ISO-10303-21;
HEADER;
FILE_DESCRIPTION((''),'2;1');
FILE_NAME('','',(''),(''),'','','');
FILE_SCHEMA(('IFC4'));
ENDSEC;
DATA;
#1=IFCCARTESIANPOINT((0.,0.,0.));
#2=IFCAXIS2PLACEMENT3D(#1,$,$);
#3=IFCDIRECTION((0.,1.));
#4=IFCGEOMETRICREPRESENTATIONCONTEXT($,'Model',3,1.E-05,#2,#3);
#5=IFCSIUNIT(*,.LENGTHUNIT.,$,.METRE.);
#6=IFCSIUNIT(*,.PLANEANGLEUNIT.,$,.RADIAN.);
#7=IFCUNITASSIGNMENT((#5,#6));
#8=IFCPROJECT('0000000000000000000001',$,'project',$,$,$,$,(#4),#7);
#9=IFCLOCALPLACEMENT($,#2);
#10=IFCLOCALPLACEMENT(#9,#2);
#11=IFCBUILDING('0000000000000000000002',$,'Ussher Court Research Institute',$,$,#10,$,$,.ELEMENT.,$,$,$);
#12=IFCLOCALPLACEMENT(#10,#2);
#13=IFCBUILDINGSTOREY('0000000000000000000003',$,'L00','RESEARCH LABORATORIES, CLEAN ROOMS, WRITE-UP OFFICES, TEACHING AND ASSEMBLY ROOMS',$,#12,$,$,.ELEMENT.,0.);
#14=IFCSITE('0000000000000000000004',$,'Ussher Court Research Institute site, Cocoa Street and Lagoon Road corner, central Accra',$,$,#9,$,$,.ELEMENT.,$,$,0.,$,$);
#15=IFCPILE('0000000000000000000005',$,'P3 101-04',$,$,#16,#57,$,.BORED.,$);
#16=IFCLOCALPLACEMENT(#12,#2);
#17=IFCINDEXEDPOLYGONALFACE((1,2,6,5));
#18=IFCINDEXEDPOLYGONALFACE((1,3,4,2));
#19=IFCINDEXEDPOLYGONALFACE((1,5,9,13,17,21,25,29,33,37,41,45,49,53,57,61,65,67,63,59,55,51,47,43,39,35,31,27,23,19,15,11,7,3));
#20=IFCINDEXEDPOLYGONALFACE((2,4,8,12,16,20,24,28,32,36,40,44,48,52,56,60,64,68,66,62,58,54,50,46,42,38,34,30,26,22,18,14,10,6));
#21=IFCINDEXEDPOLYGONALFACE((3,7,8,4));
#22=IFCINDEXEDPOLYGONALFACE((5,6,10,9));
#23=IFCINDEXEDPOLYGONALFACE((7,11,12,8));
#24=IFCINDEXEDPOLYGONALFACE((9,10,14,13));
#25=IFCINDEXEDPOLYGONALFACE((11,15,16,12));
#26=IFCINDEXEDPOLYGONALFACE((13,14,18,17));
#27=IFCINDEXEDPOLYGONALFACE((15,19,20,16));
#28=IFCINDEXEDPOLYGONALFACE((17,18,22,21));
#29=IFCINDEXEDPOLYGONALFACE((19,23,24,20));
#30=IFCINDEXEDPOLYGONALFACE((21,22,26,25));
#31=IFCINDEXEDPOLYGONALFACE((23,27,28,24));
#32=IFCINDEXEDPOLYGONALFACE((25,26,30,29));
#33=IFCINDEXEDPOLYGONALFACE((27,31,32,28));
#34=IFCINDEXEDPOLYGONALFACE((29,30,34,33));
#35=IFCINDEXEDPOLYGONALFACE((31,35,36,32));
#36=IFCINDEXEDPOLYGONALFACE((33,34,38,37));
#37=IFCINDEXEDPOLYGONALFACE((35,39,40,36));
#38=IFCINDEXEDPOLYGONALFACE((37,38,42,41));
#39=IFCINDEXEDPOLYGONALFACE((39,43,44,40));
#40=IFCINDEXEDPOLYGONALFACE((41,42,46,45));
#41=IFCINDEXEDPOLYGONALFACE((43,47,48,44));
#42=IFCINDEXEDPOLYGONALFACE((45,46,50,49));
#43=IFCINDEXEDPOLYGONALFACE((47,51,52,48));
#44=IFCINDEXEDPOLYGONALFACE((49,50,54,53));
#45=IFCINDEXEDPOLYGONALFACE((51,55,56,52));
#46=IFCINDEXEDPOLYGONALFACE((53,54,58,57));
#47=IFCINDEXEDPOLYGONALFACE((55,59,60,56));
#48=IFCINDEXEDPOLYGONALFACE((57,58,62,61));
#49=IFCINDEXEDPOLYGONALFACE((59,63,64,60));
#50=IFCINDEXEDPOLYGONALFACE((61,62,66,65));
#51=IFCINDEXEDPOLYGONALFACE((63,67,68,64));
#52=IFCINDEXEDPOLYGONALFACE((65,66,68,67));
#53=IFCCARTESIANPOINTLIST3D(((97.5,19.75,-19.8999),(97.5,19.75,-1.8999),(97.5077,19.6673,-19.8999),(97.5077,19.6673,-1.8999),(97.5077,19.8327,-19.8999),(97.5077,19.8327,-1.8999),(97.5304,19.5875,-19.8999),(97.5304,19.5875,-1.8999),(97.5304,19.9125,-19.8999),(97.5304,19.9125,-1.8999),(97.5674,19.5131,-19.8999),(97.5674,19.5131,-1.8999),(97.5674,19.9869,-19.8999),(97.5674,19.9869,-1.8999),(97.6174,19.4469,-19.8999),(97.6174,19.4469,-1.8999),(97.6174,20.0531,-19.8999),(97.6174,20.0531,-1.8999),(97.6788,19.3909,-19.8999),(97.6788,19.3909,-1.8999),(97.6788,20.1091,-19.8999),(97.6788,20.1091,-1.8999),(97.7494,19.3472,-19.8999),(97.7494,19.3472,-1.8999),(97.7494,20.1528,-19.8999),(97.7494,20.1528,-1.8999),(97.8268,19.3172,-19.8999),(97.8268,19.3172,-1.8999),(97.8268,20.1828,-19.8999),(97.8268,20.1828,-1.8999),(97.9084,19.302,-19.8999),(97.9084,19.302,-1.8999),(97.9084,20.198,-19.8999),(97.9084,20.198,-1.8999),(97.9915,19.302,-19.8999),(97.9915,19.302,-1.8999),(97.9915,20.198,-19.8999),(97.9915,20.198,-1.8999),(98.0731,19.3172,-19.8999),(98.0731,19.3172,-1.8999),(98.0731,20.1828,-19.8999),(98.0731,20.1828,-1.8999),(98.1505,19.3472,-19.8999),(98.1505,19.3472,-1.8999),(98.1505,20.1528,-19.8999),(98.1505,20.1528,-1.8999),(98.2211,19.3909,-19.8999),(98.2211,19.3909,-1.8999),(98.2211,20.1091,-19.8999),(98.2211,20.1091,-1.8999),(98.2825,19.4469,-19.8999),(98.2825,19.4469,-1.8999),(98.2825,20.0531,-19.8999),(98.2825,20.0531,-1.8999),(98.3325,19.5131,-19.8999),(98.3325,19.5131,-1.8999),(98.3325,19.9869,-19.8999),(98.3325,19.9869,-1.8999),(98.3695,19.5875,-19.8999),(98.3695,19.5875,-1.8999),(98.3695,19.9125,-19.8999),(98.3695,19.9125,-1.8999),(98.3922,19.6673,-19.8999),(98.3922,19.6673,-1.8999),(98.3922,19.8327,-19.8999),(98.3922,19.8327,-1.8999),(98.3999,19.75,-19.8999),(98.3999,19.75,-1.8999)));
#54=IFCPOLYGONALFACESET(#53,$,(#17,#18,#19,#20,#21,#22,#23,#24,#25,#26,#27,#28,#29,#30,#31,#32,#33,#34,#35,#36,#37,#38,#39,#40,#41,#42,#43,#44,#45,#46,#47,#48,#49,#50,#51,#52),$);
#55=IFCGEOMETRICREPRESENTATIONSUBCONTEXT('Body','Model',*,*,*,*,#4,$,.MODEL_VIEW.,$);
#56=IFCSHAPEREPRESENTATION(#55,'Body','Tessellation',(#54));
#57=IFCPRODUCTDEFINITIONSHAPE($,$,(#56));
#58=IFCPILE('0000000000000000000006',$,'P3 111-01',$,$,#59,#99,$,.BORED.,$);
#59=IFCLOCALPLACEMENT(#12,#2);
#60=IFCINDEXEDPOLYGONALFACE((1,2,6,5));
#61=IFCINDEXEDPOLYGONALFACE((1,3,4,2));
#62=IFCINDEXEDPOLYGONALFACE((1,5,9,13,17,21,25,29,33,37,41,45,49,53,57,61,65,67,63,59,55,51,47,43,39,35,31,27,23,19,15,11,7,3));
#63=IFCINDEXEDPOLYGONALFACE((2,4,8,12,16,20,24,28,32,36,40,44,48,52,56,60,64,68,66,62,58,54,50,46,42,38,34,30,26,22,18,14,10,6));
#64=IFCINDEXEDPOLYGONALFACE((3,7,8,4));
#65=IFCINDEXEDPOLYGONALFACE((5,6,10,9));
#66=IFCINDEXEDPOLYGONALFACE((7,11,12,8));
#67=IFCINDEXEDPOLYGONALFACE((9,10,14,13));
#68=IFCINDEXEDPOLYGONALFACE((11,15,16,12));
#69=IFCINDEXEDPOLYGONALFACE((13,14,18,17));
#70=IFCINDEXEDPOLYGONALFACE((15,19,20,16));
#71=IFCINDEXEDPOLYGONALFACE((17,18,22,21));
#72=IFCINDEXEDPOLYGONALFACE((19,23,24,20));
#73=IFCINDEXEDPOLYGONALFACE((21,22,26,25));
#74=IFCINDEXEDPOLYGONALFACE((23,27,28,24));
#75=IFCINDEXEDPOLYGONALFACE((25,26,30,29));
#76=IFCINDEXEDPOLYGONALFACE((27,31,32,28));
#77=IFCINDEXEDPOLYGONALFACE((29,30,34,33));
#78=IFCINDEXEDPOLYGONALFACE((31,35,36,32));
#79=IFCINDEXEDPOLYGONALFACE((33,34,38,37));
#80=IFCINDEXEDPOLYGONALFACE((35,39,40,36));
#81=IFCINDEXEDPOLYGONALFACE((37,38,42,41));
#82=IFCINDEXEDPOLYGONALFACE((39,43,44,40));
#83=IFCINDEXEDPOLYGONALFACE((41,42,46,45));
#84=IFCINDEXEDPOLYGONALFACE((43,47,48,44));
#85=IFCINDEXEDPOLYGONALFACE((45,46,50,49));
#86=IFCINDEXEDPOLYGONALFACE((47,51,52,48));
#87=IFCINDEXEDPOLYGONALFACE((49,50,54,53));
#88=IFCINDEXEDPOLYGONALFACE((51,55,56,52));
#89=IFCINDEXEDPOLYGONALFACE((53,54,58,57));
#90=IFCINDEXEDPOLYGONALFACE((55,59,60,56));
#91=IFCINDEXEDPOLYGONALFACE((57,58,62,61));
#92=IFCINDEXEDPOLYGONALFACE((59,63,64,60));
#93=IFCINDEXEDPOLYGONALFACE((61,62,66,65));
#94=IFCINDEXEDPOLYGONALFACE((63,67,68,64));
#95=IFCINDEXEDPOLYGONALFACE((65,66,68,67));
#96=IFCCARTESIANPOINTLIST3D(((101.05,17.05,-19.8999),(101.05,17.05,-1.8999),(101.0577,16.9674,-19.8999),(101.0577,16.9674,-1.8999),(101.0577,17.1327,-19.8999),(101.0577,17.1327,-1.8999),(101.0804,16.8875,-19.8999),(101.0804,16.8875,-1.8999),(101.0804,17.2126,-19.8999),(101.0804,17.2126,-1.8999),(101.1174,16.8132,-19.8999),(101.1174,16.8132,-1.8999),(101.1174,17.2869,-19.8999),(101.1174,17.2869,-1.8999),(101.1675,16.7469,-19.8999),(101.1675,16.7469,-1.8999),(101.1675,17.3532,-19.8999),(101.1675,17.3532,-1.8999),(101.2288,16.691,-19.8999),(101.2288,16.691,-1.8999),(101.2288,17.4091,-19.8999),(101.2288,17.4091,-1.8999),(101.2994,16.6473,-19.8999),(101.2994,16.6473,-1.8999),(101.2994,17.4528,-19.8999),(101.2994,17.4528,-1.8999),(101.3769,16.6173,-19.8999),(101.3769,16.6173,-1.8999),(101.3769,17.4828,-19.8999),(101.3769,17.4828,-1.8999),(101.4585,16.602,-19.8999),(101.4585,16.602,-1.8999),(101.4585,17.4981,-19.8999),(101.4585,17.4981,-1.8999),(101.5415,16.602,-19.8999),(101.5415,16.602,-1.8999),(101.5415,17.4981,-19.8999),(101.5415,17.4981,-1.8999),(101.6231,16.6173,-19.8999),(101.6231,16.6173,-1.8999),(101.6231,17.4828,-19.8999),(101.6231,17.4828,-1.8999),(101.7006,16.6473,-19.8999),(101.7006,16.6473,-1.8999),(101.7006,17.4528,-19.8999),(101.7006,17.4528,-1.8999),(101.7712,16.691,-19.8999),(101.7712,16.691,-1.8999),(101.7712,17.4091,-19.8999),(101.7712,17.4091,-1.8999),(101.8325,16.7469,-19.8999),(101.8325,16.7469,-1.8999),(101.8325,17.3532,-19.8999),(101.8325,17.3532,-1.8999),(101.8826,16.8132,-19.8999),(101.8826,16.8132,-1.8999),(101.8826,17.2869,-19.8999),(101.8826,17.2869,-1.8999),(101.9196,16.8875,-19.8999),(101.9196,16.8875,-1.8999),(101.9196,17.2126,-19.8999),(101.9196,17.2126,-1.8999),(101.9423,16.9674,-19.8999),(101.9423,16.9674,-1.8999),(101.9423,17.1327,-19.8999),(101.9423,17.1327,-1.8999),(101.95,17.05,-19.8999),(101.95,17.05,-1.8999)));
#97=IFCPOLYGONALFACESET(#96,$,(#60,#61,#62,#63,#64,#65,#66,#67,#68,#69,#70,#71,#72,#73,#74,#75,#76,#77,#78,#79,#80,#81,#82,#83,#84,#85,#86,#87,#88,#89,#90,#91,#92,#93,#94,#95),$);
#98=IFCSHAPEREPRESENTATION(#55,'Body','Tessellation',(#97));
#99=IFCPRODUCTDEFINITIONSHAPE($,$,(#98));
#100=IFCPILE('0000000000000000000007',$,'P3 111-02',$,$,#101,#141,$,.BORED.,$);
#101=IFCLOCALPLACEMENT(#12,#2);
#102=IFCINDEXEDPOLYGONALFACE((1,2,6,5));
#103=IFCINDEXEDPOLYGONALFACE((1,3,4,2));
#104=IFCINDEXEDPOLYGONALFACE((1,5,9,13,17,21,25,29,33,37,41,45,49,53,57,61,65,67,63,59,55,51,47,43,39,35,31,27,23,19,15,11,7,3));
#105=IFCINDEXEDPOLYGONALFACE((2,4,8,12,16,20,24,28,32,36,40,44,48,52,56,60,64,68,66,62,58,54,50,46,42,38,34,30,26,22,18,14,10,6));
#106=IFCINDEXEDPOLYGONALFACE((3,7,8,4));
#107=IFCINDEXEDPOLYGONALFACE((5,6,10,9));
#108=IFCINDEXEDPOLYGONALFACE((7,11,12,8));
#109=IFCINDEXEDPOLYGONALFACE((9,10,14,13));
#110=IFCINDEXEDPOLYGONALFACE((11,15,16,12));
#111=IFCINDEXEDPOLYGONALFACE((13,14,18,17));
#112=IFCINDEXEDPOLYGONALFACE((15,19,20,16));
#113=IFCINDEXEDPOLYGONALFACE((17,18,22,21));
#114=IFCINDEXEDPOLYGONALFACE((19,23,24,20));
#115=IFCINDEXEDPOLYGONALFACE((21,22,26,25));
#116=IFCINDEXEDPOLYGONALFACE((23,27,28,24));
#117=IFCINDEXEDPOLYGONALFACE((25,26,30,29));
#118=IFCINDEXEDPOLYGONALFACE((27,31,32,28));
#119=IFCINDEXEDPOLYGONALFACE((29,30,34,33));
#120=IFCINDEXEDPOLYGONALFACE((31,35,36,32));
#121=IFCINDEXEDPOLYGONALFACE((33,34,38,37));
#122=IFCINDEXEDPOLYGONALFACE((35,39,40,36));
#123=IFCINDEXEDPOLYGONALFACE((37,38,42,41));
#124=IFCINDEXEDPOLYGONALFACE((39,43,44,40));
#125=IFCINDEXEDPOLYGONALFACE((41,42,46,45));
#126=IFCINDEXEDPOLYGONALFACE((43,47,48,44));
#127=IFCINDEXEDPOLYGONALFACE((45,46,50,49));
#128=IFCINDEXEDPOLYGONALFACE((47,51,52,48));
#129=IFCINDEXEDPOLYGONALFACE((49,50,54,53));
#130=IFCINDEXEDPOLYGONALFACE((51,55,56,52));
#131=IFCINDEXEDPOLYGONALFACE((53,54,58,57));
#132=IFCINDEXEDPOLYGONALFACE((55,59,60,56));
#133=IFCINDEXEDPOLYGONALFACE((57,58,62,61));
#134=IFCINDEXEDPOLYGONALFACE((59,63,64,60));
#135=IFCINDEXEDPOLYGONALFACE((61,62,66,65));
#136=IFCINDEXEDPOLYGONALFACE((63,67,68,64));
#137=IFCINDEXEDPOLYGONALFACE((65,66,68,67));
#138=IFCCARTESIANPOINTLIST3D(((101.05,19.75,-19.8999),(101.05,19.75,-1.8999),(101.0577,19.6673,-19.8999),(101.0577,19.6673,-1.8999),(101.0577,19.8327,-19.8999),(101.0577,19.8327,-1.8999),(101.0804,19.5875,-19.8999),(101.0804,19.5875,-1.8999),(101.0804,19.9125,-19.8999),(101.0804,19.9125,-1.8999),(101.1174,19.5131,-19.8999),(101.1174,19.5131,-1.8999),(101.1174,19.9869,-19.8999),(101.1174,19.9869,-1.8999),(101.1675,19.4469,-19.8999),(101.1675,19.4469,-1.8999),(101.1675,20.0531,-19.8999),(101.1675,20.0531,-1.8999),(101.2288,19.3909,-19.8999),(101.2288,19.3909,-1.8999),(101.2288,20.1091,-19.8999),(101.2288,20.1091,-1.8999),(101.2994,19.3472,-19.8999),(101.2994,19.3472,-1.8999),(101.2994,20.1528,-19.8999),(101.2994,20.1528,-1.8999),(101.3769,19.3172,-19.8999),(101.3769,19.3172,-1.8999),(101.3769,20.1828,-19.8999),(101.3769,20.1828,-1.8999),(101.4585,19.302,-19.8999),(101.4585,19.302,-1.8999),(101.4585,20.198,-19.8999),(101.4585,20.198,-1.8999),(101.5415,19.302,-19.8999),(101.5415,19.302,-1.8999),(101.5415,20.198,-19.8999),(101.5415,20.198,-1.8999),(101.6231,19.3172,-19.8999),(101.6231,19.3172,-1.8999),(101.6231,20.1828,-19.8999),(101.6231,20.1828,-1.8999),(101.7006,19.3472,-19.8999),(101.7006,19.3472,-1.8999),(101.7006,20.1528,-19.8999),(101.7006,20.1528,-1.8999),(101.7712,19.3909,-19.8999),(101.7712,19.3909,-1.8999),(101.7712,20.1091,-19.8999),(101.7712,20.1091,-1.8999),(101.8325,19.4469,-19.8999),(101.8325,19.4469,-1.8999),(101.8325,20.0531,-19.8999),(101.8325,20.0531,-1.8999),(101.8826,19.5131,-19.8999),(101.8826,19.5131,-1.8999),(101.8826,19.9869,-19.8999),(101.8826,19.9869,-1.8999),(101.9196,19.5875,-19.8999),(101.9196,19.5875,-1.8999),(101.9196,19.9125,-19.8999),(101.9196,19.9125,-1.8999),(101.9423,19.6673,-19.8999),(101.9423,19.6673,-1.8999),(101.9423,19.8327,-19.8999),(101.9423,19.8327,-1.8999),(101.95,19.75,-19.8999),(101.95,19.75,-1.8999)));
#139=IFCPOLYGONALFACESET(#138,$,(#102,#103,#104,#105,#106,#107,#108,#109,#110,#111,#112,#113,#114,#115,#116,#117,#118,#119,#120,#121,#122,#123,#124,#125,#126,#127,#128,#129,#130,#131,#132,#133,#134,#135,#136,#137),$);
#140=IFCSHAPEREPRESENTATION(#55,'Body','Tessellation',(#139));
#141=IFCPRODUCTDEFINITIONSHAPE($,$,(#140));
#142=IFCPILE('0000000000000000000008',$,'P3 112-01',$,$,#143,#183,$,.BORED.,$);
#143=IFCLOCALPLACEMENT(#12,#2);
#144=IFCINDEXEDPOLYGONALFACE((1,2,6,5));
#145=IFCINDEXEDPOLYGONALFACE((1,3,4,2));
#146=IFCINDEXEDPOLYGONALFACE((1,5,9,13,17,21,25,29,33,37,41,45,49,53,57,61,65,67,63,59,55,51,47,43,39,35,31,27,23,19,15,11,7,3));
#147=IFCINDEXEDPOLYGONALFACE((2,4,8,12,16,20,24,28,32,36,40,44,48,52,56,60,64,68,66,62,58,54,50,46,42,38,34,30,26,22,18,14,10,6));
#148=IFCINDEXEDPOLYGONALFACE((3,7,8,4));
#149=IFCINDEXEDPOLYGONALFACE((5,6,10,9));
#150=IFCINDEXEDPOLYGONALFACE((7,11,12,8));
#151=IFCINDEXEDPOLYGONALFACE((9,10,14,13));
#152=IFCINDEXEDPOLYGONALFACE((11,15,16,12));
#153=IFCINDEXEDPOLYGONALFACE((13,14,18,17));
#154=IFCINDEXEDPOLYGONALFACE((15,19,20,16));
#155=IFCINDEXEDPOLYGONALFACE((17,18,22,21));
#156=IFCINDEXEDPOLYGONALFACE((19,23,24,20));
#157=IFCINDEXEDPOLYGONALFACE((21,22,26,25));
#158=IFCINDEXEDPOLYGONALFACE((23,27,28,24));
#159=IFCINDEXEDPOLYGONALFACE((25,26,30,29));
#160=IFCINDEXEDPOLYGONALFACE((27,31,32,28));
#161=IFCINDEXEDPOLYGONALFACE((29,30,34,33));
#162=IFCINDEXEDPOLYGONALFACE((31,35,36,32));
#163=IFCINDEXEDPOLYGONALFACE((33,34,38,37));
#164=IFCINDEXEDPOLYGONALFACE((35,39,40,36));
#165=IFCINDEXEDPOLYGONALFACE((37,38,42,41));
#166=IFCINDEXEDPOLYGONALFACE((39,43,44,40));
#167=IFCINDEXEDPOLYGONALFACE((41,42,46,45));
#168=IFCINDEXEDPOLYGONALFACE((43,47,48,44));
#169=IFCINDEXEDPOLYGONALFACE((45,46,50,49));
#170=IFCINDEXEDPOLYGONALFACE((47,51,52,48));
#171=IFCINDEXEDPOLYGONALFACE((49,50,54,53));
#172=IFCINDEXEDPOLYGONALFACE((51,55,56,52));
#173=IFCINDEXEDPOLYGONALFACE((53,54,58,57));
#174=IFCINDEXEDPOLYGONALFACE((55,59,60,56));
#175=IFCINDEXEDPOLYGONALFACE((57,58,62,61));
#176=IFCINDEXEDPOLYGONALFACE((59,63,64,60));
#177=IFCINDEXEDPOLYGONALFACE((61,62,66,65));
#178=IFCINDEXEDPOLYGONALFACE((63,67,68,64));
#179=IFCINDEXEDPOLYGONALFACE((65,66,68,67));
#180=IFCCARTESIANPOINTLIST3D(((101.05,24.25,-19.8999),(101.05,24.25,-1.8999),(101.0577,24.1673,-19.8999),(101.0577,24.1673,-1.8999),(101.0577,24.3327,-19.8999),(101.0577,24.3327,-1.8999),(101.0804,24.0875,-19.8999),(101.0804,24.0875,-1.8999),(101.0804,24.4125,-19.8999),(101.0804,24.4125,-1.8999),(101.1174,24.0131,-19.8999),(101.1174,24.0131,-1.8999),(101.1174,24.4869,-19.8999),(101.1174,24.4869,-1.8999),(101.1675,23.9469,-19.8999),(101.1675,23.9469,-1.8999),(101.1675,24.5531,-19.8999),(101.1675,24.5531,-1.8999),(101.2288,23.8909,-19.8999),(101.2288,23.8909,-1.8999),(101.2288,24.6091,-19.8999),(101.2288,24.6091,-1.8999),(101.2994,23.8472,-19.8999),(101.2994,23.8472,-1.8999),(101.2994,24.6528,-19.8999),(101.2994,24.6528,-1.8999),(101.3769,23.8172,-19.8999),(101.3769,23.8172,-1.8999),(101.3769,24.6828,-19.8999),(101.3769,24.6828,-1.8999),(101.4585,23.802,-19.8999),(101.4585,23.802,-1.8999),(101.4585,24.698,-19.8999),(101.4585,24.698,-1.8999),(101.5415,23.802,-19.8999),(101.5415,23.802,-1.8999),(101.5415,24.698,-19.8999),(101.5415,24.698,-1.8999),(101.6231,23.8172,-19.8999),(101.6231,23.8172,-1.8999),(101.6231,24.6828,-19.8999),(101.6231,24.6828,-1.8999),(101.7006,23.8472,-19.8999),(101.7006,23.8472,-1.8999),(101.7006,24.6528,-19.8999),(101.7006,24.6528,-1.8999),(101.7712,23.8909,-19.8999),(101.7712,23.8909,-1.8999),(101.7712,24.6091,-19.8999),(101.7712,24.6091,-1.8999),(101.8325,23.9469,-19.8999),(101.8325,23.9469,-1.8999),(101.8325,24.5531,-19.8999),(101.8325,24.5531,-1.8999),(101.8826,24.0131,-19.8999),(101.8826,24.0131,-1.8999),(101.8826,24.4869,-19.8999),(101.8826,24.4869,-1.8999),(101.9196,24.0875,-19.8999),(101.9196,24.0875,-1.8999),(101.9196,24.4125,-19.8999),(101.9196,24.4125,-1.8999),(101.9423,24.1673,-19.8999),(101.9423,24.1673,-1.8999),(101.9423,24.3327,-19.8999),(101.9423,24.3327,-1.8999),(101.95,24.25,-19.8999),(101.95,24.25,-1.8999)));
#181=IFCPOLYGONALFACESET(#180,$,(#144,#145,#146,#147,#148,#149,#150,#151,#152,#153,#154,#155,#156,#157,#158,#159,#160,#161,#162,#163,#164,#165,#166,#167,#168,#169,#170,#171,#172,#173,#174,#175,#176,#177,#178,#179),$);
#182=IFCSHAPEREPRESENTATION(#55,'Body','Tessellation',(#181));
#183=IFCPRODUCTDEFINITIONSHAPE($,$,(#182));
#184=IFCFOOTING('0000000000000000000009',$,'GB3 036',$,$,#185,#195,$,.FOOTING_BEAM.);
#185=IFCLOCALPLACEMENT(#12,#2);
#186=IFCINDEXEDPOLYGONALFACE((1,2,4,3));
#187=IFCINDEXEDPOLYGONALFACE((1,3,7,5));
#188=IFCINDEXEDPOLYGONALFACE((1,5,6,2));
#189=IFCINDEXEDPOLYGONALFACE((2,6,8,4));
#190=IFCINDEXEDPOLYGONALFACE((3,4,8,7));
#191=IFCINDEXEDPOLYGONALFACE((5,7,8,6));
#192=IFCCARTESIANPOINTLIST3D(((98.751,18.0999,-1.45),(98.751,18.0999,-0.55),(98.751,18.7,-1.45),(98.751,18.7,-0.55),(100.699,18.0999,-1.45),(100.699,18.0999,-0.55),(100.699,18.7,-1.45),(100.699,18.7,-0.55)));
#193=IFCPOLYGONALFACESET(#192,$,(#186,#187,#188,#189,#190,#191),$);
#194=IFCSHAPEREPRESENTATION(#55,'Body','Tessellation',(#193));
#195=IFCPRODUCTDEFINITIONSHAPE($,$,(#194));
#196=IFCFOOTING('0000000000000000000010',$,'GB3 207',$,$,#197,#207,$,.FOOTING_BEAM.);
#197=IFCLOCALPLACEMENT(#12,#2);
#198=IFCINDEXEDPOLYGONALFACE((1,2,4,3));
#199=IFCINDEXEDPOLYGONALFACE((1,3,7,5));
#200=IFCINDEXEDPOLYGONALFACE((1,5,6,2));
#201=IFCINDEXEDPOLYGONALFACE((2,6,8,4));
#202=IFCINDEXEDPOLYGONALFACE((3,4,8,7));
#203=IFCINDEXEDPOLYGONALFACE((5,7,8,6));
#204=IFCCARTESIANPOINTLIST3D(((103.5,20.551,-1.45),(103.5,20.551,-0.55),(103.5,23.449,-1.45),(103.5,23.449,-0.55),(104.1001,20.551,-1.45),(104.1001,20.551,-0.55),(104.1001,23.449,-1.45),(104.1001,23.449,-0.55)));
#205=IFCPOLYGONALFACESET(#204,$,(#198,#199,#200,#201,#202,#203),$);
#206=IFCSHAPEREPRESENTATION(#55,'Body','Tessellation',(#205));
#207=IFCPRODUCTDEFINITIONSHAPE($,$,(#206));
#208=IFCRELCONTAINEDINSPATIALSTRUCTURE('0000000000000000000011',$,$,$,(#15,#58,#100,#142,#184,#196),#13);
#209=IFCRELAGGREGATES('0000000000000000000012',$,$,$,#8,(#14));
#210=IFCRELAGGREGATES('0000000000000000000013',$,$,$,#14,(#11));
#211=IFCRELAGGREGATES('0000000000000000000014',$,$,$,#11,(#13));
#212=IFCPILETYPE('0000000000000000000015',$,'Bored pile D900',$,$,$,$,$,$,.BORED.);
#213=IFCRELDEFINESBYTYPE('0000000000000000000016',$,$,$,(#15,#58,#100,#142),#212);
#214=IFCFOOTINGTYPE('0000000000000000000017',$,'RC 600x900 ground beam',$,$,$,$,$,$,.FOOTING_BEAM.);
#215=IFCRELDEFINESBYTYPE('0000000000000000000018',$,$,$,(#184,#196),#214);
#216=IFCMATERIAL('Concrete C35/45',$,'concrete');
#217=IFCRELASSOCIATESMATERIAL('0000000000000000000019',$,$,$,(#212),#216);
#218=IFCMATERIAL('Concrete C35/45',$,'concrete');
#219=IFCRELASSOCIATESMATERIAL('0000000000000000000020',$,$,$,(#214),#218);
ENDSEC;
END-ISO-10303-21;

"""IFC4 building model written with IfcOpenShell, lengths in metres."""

from ifc_helpers import new_model, si_unit, direction, frame, origin, origin_2d, place, context, subcontext, project, spatial, rectangle, circle, extrude, material, material_profile, profile_set, type_object, element, save


model = new_model("IFC4")

# Units and contexts
model_context = context("Model", 3, precision=1e-05, world=origin(), true_north=direction((0.0, 1.0)))
body_context = subcontext(model_context, "Body", "Model", "MODEL_VIEW")
ifc_project = project(units=[si_unit("LENGTHUNIT", "METRE"), si_unit("PLANEANGLEUNIT", "RADIAN")], contexts=[model_context])

# Site, building, storey
site_placement = place(None, origin())
site = spatial("IfcSite", under=ifc_project, at=site_placement, Name="Ussher Court Research Institute site, Cocoa Street and Lagoon Road corner, central Accra", CompositionType="ELEMENT", RefElevation=0.0)
building_placement = place(site_placement, origin())
building = spatial("IfcBuilding", under=site, at=building_placement, Name="Ussher Court Research Institute", CompositionType="ELEMENT")
storey_placement = place(building_placement, origin())
storey = spatial("IfcBuildingStorey", under=building, at=storey_placement, Name="L00", Description="RESEARCH LABORATORIES, CLEAN ROOMS, WRITE-UP OFFICES, TEACHING AND ASSEMBLY ROOMS", CompositionType="ELEMENT", Elevation=0.0)

# Piles
ifc_material_1 = material(Name="Concrete C35/45", Category="concrete")
ifc_material_profile_1 = material_profile(ifc_material_1, circle(Radius=0.45, at=origin_2d()), Name="RC D900")
ifc_profile_set_1 = profile_set([ifc_material_profile_1], Name="Concrete C35/45")
pile_type = type_object("IfcPileType", Name="Bored pile D900", PredefinedType="BORED", material=ifc_profile_set_1)
for number, where, z_axis, x_axis, name in (
    (1, (97.95, 19.75, -1.8999), (0.0, 0.0, -1.0), (1.0, 0.0, 0.0), "P3 101-04"),
    (2, (101.5, 17.05, -1.8999), (0.0, 0.0, -1.0), (1.0, 0.0, 0.0), "P3 111-01"),
    (3, (101.5, 19.75, -1.8999), (0.0, 0.0, -1.0), (1.0, 0.0, 0.0), "P3 111-02"),
    (4, (101.5, 24.25, -1.8999), (0.0, 0.0, -1.0), (1.0, 0.0, 0.0), "P3 112-01"),
):
    element("IfcPile", number, at=place(storey_placement, frame(where, z_axis=z_axis, x_axis=x_axis)), inside=storey, type_object=pile_type, Name=name, PredefinedType="BORED", context=body_context, shape_type="SweptSolid", body=[
        extrude(circle(Radius=0.45, at=origin_2d()), origin(), (0.0, 0.0, 1.0), 18.0),
    ])

# Footings
ifc_material_2 = material(Name="Concrete C35/45", Category="concrete")
ifc_material_profile_2 = material_profile(ifc_material_2, rectangle(XDim=0.6001, YDim=0.8999, at=origin_2d()), Name="RC 600x900")
ifc_profile_set_2 = profile_set([ifc_material_profile_2], Name="Concrete C35/45")
footing_type = type_object("IfcFootingType", Name="RC 600x900 ground beam", PredefinedType="FOOTING_BEAM", material=ifc_profile_set_2)
footing_1_placement = place(storey_placement, frame((98.751, 18.3999, -1.0), z_axis=(1.0, 0.0, 0.0), x_axis=(0.0, 1.0, 0.0)))
element("IfcFooting", 5, at=footing_1_placement, inside=storey, type_object=footing_type, Name="GB3 036", PredefinedType="FOOTING_BEAM", context=body_context, shape_type="SweptSolid", body=[
    extrude(rectangle(XDim=0.6001, YDim=0.8999, at=origin_2d()), origin(), (0.0, 0.0, 1.0), 1.948),
])
footing_2_placement = place(storey_placement, frame((103.8, 20.551, -1.0), z_axis=(0.0, 1.0, 0.0), x_axis=(-1.0, 0.0, 0.0)))
element("IfcFooting", 6, at=footing_2_placement, inside=storey, type_object=footing_type, Name="GB3 207", PredefinedType="FOOTING_BEAM", context=body_context, shape_type="SweptSolid", body=[
    extrude(rectangle(XDim=0.6001, YDim=0.8999, at=origin_2d()), origin(), (0.0, 0.0, 1.0), 2.8979),
])

save(model, "model.ifc")
